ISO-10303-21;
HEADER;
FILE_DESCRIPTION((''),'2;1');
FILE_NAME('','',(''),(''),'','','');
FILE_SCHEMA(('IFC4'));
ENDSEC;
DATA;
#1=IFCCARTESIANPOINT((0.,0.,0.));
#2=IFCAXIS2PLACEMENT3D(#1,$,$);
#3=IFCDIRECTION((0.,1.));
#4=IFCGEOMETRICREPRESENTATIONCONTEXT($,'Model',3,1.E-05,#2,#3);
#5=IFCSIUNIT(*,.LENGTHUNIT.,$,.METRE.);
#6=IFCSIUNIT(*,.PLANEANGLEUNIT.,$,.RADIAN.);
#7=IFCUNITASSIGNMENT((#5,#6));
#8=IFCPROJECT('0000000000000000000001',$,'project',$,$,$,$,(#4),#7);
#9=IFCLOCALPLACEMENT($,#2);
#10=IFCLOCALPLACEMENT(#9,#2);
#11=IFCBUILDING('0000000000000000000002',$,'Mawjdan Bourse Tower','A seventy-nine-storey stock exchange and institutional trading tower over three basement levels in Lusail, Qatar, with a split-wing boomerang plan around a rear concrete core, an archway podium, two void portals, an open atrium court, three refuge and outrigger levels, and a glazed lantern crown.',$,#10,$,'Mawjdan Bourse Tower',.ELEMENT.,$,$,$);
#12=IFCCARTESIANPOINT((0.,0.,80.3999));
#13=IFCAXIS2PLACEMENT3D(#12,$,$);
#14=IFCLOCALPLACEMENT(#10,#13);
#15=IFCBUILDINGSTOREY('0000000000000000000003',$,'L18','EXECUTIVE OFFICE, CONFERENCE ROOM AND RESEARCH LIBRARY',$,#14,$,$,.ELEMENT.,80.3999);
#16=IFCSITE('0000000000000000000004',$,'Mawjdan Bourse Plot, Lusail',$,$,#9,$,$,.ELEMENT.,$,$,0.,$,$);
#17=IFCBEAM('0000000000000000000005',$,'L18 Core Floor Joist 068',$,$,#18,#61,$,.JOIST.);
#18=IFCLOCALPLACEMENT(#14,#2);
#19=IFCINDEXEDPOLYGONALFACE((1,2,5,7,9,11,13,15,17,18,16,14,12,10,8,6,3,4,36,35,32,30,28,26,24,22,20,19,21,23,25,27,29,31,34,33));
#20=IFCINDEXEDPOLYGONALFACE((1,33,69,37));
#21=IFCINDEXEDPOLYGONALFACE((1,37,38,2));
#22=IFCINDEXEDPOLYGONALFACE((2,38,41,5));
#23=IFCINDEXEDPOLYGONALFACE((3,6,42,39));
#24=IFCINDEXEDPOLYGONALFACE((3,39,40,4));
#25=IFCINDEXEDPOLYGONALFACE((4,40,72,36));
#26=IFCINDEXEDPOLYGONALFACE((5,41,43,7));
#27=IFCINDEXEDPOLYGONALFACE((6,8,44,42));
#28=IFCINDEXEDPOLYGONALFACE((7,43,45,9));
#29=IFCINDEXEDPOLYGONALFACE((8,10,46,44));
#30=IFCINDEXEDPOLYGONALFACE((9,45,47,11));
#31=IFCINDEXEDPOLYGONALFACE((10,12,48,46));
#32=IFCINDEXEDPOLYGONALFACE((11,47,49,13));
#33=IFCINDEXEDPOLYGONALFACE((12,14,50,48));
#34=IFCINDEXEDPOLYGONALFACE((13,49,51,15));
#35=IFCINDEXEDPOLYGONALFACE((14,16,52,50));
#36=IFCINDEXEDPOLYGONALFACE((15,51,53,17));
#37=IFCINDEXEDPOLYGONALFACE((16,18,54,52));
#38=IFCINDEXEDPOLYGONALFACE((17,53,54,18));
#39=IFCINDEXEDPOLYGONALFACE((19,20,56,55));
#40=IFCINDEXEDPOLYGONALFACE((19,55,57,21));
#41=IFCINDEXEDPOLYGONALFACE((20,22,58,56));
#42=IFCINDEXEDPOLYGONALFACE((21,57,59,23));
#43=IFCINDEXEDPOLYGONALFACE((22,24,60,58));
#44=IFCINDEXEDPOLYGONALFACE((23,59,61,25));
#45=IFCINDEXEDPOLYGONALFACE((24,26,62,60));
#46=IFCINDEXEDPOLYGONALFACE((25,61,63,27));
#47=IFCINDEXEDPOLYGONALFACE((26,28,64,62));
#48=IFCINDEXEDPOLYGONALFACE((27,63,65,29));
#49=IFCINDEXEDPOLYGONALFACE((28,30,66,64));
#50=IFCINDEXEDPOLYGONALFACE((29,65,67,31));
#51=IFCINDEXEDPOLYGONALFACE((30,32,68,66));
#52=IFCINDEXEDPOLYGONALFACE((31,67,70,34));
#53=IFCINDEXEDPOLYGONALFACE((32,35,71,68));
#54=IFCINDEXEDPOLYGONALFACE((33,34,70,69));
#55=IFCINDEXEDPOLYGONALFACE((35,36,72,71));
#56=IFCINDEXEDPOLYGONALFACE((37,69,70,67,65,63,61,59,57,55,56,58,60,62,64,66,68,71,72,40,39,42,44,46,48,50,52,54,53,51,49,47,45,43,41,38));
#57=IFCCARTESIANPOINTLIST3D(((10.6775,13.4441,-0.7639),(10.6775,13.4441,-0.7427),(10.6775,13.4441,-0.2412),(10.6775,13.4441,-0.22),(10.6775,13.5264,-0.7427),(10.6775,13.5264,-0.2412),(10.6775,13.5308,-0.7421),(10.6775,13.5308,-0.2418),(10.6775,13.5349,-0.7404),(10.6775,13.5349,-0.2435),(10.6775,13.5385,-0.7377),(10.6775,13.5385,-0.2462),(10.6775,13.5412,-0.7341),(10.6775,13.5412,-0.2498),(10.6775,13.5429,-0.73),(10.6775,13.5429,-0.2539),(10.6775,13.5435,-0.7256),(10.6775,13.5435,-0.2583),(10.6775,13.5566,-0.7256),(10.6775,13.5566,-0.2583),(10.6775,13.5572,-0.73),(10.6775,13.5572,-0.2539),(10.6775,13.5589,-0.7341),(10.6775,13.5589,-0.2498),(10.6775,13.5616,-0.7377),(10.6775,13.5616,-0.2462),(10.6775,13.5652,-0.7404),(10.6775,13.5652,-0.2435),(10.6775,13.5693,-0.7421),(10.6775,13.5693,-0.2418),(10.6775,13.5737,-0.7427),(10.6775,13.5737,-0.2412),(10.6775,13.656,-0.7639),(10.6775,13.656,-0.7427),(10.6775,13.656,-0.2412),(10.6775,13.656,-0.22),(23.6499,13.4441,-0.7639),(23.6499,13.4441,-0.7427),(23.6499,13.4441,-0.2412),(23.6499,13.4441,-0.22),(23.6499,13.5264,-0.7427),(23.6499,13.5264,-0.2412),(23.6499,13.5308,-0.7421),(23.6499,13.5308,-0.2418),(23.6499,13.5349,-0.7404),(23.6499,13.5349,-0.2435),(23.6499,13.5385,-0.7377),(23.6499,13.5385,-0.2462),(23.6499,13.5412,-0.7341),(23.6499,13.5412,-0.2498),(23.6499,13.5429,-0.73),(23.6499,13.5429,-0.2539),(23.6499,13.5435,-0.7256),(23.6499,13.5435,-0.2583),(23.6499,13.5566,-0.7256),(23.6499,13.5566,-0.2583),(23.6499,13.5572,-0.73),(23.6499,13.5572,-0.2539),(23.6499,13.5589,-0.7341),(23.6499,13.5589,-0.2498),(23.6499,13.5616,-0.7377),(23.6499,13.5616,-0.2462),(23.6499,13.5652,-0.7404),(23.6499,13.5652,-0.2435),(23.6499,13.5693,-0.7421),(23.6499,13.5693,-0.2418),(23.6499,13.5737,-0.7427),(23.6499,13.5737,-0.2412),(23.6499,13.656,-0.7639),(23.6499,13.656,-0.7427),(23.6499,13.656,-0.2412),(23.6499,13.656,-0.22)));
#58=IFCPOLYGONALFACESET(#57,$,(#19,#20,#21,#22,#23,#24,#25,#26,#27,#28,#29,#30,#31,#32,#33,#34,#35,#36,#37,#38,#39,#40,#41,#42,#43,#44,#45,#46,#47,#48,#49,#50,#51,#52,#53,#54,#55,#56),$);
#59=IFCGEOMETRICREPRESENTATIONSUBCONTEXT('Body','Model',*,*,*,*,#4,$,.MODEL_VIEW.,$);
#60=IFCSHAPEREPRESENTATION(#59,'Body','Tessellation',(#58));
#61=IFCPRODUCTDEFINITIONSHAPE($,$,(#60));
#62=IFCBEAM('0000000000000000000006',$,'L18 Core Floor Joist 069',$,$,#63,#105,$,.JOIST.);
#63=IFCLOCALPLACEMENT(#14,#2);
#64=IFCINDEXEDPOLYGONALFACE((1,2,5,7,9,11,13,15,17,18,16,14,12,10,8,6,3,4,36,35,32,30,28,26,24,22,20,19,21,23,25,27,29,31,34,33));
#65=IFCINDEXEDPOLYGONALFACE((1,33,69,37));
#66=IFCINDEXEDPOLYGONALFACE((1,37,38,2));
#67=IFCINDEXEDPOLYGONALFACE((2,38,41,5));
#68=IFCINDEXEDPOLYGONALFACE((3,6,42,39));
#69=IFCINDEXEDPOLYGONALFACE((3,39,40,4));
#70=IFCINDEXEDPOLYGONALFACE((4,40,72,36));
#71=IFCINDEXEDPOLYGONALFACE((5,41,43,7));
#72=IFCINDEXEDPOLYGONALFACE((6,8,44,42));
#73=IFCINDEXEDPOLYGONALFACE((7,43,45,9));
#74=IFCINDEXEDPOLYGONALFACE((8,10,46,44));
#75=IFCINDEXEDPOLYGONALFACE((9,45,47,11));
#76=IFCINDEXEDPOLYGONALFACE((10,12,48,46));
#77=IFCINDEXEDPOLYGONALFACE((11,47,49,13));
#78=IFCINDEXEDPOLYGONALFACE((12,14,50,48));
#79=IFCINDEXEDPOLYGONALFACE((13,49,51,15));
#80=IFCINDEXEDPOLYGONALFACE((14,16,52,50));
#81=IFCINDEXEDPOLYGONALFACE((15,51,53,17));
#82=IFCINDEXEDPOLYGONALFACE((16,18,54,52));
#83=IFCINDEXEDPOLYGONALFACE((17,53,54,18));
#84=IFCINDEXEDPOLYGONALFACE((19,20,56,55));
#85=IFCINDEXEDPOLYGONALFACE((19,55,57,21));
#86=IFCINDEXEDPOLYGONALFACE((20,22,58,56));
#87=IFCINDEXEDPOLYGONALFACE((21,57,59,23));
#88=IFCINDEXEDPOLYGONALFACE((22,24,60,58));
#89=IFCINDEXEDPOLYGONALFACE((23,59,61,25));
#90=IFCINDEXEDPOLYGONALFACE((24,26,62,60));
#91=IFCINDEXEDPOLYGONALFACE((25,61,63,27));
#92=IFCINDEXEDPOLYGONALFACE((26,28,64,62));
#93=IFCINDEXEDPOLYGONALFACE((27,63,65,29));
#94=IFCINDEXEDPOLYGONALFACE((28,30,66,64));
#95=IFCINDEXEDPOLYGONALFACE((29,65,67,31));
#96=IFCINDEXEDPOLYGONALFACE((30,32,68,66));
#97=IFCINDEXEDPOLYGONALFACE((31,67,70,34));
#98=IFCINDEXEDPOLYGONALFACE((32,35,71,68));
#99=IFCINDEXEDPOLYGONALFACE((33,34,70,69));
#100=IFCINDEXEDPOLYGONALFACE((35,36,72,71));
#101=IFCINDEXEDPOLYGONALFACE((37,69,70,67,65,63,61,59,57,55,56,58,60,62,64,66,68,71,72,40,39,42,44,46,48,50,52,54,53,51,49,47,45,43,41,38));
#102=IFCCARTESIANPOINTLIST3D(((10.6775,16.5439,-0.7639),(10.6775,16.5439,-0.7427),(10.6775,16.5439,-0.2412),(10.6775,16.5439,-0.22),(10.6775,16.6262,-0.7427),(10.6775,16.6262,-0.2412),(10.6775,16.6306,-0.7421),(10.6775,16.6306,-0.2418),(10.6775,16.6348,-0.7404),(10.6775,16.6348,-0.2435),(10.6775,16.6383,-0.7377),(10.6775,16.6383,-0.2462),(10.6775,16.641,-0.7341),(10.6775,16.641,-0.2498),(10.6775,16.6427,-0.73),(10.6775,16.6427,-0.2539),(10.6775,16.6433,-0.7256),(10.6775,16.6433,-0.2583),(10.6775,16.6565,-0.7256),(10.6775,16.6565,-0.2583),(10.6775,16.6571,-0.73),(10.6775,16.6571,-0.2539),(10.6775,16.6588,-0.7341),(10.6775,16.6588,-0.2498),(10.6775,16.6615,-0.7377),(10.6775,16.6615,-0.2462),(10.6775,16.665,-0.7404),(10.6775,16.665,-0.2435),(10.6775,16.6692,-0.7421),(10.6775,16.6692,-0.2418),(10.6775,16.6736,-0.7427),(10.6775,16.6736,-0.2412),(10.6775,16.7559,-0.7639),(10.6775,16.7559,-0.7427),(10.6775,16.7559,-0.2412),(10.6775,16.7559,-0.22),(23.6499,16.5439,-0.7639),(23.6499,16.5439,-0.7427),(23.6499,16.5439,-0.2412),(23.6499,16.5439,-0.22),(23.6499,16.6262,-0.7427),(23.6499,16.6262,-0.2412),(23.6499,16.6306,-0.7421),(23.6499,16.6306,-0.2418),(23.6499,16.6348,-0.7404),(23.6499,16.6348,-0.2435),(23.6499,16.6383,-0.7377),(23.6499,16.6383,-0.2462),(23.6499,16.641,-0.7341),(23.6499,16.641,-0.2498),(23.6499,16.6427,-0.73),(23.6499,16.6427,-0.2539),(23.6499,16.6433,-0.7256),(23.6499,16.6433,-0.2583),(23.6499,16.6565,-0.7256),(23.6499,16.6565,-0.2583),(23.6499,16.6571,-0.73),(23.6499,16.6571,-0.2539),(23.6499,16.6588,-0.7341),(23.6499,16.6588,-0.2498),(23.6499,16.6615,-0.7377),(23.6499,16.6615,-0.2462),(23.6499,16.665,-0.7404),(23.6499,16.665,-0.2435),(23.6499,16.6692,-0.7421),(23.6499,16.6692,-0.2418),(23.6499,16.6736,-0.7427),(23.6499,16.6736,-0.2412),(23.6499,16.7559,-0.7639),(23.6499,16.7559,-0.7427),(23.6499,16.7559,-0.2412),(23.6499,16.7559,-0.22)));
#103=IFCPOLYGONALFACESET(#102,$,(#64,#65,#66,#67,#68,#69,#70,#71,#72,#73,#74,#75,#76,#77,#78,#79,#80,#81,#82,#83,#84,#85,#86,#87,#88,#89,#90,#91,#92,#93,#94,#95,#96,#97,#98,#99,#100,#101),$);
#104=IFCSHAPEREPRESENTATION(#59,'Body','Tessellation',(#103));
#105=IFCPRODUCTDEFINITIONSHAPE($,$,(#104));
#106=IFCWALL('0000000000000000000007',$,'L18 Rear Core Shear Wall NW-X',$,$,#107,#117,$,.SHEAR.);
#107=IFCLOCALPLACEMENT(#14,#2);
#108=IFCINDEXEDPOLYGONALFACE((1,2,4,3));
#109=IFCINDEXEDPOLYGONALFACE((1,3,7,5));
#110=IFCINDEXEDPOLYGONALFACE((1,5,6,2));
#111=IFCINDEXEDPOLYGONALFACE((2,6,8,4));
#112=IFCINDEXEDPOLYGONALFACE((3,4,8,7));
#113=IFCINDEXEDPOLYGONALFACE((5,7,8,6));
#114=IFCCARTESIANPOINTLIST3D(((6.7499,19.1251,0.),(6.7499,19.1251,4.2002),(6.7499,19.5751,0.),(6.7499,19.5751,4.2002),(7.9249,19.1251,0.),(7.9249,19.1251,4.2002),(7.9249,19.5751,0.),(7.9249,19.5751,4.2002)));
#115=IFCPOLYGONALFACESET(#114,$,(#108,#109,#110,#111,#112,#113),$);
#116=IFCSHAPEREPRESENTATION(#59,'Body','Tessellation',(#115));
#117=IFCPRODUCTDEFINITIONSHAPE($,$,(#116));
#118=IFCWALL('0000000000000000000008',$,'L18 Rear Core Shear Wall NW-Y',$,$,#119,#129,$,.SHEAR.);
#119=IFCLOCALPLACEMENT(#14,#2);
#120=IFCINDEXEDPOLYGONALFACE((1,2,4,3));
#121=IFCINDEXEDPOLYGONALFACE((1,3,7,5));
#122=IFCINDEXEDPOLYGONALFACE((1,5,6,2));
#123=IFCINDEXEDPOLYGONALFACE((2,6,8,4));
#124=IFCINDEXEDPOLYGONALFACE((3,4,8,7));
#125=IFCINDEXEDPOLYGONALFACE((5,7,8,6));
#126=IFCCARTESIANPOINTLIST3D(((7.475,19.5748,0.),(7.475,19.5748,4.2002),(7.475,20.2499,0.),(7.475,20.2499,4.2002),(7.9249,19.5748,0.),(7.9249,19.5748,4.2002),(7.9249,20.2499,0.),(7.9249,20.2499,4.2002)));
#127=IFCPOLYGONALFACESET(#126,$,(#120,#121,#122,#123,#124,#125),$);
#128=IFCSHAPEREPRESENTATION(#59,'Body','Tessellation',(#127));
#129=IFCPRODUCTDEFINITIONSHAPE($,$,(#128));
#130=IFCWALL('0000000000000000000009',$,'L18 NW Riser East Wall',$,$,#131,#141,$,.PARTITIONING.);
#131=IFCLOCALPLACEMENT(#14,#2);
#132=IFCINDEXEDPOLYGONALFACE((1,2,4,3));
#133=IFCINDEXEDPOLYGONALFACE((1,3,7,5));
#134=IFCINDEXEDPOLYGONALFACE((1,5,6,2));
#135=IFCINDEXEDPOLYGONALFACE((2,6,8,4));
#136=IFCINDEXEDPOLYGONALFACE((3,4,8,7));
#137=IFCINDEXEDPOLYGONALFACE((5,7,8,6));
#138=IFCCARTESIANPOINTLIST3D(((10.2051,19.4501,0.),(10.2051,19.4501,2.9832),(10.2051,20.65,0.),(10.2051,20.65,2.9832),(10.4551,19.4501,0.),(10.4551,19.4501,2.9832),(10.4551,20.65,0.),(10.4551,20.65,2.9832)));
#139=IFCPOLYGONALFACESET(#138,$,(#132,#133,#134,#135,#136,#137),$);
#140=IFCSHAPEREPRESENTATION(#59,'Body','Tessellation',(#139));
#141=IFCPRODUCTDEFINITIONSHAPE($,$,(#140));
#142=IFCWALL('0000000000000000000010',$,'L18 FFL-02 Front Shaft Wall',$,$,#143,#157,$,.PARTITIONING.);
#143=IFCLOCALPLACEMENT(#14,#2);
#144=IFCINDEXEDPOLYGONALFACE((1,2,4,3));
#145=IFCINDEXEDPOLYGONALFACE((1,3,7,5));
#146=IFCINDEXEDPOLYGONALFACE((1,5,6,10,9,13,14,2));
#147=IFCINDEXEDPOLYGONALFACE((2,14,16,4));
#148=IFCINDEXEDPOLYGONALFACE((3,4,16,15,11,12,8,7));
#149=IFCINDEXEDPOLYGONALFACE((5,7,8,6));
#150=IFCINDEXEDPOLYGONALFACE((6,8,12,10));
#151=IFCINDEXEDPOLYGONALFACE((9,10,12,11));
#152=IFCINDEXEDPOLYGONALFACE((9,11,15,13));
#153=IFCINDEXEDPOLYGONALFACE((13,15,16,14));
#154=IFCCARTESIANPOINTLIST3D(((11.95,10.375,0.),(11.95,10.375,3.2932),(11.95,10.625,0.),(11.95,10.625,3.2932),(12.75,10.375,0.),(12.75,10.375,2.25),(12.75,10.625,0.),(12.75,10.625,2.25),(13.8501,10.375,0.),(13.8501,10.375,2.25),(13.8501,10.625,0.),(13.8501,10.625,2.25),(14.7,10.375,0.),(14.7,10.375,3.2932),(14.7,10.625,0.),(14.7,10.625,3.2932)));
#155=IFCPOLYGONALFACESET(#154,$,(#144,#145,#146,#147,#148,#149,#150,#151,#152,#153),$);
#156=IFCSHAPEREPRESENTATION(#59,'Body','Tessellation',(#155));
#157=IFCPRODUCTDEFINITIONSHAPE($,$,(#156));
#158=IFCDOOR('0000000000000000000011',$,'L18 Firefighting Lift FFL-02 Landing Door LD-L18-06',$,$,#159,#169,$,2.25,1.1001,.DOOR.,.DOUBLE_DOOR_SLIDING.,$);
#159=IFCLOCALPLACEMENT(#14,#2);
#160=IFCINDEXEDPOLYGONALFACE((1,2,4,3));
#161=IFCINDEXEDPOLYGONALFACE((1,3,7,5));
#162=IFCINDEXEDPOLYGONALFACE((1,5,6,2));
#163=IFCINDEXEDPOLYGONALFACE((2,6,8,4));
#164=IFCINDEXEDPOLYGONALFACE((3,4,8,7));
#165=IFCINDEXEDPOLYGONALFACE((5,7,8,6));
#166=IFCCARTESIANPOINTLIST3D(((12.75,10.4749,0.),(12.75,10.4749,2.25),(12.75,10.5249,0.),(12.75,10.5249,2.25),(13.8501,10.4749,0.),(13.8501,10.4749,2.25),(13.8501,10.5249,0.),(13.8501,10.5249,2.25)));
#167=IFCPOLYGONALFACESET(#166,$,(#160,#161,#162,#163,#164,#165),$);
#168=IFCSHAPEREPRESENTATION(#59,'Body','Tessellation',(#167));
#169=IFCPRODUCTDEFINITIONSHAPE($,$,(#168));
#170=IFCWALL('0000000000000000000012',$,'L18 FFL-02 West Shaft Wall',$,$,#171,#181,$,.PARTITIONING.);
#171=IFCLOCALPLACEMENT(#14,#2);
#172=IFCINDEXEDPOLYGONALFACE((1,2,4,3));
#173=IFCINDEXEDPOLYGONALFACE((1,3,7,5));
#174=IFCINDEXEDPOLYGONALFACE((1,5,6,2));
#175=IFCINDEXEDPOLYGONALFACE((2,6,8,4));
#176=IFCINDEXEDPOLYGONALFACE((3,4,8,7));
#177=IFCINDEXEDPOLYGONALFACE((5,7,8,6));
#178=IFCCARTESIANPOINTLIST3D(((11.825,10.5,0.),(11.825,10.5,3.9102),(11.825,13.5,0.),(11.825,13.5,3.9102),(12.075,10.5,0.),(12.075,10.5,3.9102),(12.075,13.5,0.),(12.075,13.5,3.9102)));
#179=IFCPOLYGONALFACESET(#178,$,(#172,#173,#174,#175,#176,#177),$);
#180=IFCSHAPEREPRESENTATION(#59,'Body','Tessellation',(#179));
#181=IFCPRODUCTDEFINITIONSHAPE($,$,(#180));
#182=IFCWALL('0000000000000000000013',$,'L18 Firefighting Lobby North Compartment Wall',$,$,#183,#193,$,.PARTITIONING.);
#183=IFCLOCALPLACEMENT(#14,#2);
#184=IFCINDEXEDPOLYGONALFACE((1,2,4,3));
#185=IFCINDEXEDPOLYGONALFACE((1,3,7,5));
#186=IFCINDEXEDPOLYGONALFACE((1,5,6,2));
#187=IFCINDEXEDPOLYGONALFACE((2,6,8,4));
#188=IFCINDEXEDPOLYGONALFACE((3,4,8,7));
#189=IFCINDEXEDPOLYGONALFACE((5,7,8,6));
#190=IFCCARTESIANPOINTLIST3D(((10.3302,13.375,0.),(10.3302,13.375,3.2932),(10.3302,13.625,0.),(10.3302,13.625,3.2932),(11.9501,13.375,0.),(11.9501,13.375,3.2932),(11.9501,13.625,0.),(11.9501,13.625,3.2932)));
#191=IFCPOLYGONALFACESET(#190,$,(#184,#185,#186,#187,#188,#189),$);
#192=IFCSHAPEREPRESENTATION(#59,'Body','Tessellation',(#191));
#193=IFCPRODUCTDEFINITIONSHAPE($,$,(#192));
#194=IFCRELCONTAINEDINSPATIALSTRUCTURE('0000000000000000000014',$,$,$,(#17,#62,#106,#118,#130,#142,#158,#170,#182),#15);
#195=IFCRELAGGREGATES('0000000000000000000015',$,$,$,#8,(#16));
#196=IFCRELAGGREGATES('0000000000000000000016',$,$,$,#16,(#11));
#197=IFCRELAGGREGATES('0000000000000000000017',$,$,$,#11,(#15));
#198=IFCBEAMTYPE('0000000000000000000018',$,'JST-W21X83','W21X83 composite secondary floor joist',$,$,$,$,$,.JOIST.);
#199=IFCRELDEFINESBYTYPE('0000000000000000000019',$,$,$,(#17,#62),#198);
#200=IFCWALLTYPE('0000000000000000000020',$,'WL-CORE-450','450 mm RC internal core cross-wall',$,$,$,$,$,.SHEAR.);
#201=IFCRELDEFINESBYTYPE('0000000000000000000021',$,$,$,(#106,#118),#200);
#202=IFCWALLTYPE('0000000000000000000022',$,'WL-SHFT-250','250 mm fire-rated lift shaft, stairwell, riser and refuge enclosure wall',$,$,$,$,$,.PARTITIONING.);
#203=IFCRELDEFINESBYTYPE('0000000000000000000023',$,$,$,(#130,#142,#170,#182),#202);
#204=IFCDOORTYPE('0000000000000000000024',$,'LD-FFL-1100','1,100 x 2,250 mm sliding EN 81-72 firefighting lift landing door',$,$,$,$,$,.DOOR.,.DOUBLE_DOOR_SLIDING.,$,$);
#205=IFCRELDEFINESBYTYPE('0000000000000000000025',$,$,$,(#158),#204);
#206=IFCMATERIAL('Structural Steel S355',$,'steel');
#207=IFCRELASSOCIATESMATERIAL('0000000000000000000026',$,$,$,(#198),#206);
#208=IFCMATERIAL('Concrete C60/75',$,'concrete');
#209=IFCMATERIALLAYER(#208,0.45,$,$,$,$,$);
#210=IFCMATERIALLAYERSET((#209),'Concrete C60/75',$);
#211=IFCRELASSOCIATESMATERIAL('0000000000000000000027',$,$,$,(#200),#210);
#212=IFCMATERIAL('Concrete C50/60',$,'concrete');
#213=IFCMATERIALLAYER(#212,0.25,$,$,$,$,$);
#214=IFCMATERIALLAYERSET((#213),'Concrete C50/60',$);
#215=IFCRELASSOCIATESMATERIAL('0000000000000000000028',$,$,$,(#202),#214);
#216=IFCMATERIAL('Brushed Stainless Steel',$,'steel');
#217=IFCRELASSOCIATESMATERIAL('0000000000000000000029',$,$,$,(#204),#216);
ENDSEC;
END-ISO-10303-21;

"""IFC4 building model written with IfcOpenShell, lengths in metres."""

from ifc_helpers import new_model, si_unit, direction, frame, frame_2d, origin, origin_2d, place, context, subcontext, project, spatial, rectangle, i_section, extrude, material, layer, layer_set, material_profile, profile_set, type_object, element, fill, save


model = new_model("IFC4")

# Units and contexts
model_context = context("Model", 3, precision=1e-05, world=origin(), true_north=direction((0.0, 1.0)))
body_context = subcontext(model_context, "Body", "Model", "MODEL_VIEW")
ifc_project = project(units=[si_unit("LENGTHUNIT", "METRE"), si_unit("PLANEANGLEUNIT", "RADIAN")], contexts=[model_context])

# Site, building, storey
site_placement = place(None, origin())
site = spatial("IfcSite", under=ifc_project, at=site_placement, Name="Mawjdan Bourse Plot, Lusail", CompositionType="ELEMENT", RefElevation=0.0)
building_placement = place(site_placement, origin())
building = spatial("IfcBuilding", under=site, at=building_placement, Name="Mawjdan Bourse Tower", Description="A seventy-nine-storey stock exchange and institutional trading tower over three basement levels in Lusail, Qatar, with a split-wing boomerang plan around a rear concrete core, an archway podium, two void portals, an open atrium court, three refuge and outrigger levels, and a glazed lantern crown.", LongName="Mawjdan Bourse Tower", CompositionType="ELEMENT")
storey_placement = place(building_placement, frame((0.0, 0.0, 80.3999)))
storey = spatial("IfcBuildingStorey", under=building, at=storey_placement, Name="L18", Description="EXECUTIVE OFFICE, CONFERENCE ROOM AND RESEARCH LIBRARY", CompositionType="ELEMENT", Elevation=80.3999)

# Beams
ifc_material_1 = material(Name="Structural Steel S355", Category="steel")
ifc_material_profile = material_profile(ifc_material_1, i_section(OverallWidth=0.2119, OverallDepth=0.5439, WebThickness=0.0132, FlangeThickness=0.0212, FilletRadius=0.0171, at=origin_2d()), Name="W21X83")
ifc_profile_set = profile_set([ifc_material_profile], Name="Structural Steel S355")
beam_type = type_object("IfcBeamType", Name="JST-W21X83", Description="W21X83 composite secondary floor joist", PredefinedType="JOIST", material=ifc_profile_set)
for number, where, z_axis, x_axis, name in (
    (1, (10.6775, 13.55, -0.4919), (1.0, 0.0, 0.0), (0.0, 1.0, 0.0), "L18 Core Floor Joist 068"),
    (2, (10.6775, 16.6499, -0.4919), (1.0, 0.0, 0.0), (0.0, 1.0, 0.0), "L18 Core Floor Joist 069"),
):
    element("IfcBeam", number, at=place(storey_placement, frame(where, z_axis=z_axis, x_axis=x_axis)), inside=storey, type_object=beam_type, Name=name, PredefinedType="JOIST", context=body_context, shape_type="SweptSolid", body=[
        extrude(i_section(OverallWidth=0.2119, OverallDepth=0.5439, WebThickness=0.0132, FlangeThickness=0.0212, FilletRadius=0.0171, at=origin_2d()), origin(), (0.0, 0.0, 1.0), 12.9724),
    ])

# Walls
ifc_material_2 = material(Name="Concrete C60/75", Category="concrete")
ifc_layer_1 = layer(ifc_material_2, 0.45)
ifc_layer_set_1 = layer_set([ifc_layer_1], Name="Concrete C60/75")
wall_type_1 = type_object("IfcWallType", Name="WL-CORE-450", Description="450 mm RC internal core cross-wall", PredefinedType="SHEAR", material=ifc_layer_set_1)
wall_1_placement = place(storey_placement, frame((6.75, 19.3501, 0.0), z_axis=(0.0, 0.0, 1.0), x_axis=(1.0, 0.0, 0.0)))
element("IfcWall", 3, at=wall_1_placement, inside=storey, type_object=wall_type_1, Name="L18 Rear Core Shear Wall NW-X", PredefinedType="SHEAR", context=body_context, shape_type="SweptSolid", body=[
    extrude(rectangle(XDim=1.175, YDim=0.45, at=frame_2d((0.5874, 0.0))), origin(), (0.0, 0.0, 1.0), 4.2002),
])
wall_2_placement = place(storey_placement, frame((7.7, 19.575, 0.0), z_axis=(0.0, 0.0, 1.0), x_axis=(0.0, 1.0, 0.0)))
element("IfcWall", 4, at=wall_2_placement, inside=storey, type_object=wall_type_1, Name="L18 Rear Core Shear Wall NW-Y", PredefinedType="SHEAR", context=body_context, shape_type="SweptSolid", body=[
    extrude(rectangle(XDim=0.675, YDim=0.45, at=frame_2d((0.3374, 0.0))), origin(), (0.0, 0.0, 1.0), 4.2002),
])
ifc_material_3 = material(Name="Concrete C50/60", Category="concrete")
ifc_layer_2 = layer(ifc_material_3, 0.25)
ifc_layer_set_2 = layer_set([ifc_layer_2], Name="Concrete C50/60")
wall_type_2 = type_object("IfcWallType", Name="WL-SHFT-250", Description="250 mm fire-rated lift shaft, stairwell, riser and refuge enclosure wall", PredefinedType="PARTITIONING", material=ifc_layer_set_2)
wall_3_placement = place(storey_placement, frame((10.3301, 19.45, 0.0), z_axis=(0.0, 0.0, 1.0), x_axis=(0.0, 1.0, 0.0)))
element("IfcWall", 5, at=wall_3_placement, inside=storey, type_object=wall_type_2, Name="L18 NW Riser East Wall", PredefinedType="PARTITIONING", context=body_context, shape_type="SweptSolid", body=[
    extrude(rectangle(XDim=1.2, YDim=0.25, at=frame_2d((0.6001, 0.0))), origin(), (0.0, 0.0, 1.0), 2.9832),
])

# Wall, opening, door
wall_4_placement = place(storey_placement, frame((11.95, 10.5, 0.0), z_axis=(0.0, 0.0, 1.0), x_axis=(1.0, 0.0, 0.0)))
wall_4 = element("IfcWall", 6, at=wall_4_placement, inside=storey, type_object=wall_type_2, Name="L18 FFL-02 Front Shaft Wall", PredefinedType="PARTITIONING", context=body_context, shape_type="SweptSolid", body=[
    extrude(rectangle(XDim=2.75, YDim=0.25, at=frame_2d((1.375, 0.0))), origin(), (0.0, 0.0, 1.0), 3.2932),
])
opening_1_placement = place(wall_4_placement, frame((0.8, 0.0, 0.0)))
opening_1 = element("IfcOpeningElement", 7, at=opening_1_placement, cuts=wall_4, PredefinedType="OPENING", context=body_context, shape_type="SweptSolid", body=[
    extrude(rectangle(XDim=1.1001, YDim=2.25, at=frame_2d((0.55, 1.125))), frame((0.0, 0.135, 0.0), z_axis=(0.0, -1.0, 0.0), x_axis=(1.0, 0.0, 0.0)), (0.0, 0.0, 1.0), 0.27),
])
ifc_material_4 = material(Name="Brushed Stainless Steel", Category="steel")
door_type_1 = type_object("IfcDoorType", Name="LD-FFL-1100", Description="1,100 x 2,250 mm sliding EN 81-72 firefighting lift landing door", OperationType="DOUBLE_DOOR_SLIDING", PredefinedType="DOOR", material=ifc_material_4)
door_1_placement = place(opening_1_placement, origin())
door_1 = element("IfcDoor", 8, at=door_1_placement, inside=storey, type_object=door_type_1, Name="L18 Firefighting Lift FFL-02 Landing Door LD-L18-06", OperationType="DOUBLE_DOOR_SLIDING", OverallHeight=2.25, OverallWidth=1.1001, PredefinedType="DOOR", context=body_context, shape_type="SweptSolid", body=[
    extrude(rectangle(XDim=1.1001, YDim=2.25, at=frame_2d((0.55, 1.125))), frame((0.0, 0.0249, 0.0), z_axis=(0.0, -1.0, 0.0), x_axis=(1.0, 0.0, 0.0)), (0.0, 0.0, 1.0), 0.05),
])
fill(opening_1, door_1)

# Walls
wall_5_placement = place(storey_placement, frame((11.95, 10.5, 0.0), z_axis=(0.0, 0.0, 1.0), x_axis=(0.0, 1.0, 0.0)))
element("IfcWall", 9, at=wall_5_placement, inside=storey, type_object=wall_type_2, Name="L18 FFL-02 West Shaft Wall", PredefinedType="PARTITIONING", context=body_context, shape_type="SweptSolid", body=[
    extrude(rectangle(XDim=3.0, YDim=0.25, at=frame_2d((1.5, 0.0))), origin(), (0.0, 0.0, 1.0), 3.9102),
])
wall_6_placement = place(storey_placement, frame((10.3301, 13.5, 0.0), z_axis=(0.0, 0.0, 1.0), x_axis=(1.0, 0.0, 0.0)))
element("IfcWall", 10, at=wall_6_placement, inside=storey, type_object=wall_type_2, Name="L18 Firefighting Lobby North Compartment Wall", PredefinedType="PARTITIONING", context=body_context, shape_type="SweptSolid", body=[
    extrude(rectangle(XDim=1.6199, YDim=0.25, at=frame_2d((0.8101, 0.0))), origin(), (0.0, 0.0, 1.0), 3.2932),
])

save(model, "model.ifc")
